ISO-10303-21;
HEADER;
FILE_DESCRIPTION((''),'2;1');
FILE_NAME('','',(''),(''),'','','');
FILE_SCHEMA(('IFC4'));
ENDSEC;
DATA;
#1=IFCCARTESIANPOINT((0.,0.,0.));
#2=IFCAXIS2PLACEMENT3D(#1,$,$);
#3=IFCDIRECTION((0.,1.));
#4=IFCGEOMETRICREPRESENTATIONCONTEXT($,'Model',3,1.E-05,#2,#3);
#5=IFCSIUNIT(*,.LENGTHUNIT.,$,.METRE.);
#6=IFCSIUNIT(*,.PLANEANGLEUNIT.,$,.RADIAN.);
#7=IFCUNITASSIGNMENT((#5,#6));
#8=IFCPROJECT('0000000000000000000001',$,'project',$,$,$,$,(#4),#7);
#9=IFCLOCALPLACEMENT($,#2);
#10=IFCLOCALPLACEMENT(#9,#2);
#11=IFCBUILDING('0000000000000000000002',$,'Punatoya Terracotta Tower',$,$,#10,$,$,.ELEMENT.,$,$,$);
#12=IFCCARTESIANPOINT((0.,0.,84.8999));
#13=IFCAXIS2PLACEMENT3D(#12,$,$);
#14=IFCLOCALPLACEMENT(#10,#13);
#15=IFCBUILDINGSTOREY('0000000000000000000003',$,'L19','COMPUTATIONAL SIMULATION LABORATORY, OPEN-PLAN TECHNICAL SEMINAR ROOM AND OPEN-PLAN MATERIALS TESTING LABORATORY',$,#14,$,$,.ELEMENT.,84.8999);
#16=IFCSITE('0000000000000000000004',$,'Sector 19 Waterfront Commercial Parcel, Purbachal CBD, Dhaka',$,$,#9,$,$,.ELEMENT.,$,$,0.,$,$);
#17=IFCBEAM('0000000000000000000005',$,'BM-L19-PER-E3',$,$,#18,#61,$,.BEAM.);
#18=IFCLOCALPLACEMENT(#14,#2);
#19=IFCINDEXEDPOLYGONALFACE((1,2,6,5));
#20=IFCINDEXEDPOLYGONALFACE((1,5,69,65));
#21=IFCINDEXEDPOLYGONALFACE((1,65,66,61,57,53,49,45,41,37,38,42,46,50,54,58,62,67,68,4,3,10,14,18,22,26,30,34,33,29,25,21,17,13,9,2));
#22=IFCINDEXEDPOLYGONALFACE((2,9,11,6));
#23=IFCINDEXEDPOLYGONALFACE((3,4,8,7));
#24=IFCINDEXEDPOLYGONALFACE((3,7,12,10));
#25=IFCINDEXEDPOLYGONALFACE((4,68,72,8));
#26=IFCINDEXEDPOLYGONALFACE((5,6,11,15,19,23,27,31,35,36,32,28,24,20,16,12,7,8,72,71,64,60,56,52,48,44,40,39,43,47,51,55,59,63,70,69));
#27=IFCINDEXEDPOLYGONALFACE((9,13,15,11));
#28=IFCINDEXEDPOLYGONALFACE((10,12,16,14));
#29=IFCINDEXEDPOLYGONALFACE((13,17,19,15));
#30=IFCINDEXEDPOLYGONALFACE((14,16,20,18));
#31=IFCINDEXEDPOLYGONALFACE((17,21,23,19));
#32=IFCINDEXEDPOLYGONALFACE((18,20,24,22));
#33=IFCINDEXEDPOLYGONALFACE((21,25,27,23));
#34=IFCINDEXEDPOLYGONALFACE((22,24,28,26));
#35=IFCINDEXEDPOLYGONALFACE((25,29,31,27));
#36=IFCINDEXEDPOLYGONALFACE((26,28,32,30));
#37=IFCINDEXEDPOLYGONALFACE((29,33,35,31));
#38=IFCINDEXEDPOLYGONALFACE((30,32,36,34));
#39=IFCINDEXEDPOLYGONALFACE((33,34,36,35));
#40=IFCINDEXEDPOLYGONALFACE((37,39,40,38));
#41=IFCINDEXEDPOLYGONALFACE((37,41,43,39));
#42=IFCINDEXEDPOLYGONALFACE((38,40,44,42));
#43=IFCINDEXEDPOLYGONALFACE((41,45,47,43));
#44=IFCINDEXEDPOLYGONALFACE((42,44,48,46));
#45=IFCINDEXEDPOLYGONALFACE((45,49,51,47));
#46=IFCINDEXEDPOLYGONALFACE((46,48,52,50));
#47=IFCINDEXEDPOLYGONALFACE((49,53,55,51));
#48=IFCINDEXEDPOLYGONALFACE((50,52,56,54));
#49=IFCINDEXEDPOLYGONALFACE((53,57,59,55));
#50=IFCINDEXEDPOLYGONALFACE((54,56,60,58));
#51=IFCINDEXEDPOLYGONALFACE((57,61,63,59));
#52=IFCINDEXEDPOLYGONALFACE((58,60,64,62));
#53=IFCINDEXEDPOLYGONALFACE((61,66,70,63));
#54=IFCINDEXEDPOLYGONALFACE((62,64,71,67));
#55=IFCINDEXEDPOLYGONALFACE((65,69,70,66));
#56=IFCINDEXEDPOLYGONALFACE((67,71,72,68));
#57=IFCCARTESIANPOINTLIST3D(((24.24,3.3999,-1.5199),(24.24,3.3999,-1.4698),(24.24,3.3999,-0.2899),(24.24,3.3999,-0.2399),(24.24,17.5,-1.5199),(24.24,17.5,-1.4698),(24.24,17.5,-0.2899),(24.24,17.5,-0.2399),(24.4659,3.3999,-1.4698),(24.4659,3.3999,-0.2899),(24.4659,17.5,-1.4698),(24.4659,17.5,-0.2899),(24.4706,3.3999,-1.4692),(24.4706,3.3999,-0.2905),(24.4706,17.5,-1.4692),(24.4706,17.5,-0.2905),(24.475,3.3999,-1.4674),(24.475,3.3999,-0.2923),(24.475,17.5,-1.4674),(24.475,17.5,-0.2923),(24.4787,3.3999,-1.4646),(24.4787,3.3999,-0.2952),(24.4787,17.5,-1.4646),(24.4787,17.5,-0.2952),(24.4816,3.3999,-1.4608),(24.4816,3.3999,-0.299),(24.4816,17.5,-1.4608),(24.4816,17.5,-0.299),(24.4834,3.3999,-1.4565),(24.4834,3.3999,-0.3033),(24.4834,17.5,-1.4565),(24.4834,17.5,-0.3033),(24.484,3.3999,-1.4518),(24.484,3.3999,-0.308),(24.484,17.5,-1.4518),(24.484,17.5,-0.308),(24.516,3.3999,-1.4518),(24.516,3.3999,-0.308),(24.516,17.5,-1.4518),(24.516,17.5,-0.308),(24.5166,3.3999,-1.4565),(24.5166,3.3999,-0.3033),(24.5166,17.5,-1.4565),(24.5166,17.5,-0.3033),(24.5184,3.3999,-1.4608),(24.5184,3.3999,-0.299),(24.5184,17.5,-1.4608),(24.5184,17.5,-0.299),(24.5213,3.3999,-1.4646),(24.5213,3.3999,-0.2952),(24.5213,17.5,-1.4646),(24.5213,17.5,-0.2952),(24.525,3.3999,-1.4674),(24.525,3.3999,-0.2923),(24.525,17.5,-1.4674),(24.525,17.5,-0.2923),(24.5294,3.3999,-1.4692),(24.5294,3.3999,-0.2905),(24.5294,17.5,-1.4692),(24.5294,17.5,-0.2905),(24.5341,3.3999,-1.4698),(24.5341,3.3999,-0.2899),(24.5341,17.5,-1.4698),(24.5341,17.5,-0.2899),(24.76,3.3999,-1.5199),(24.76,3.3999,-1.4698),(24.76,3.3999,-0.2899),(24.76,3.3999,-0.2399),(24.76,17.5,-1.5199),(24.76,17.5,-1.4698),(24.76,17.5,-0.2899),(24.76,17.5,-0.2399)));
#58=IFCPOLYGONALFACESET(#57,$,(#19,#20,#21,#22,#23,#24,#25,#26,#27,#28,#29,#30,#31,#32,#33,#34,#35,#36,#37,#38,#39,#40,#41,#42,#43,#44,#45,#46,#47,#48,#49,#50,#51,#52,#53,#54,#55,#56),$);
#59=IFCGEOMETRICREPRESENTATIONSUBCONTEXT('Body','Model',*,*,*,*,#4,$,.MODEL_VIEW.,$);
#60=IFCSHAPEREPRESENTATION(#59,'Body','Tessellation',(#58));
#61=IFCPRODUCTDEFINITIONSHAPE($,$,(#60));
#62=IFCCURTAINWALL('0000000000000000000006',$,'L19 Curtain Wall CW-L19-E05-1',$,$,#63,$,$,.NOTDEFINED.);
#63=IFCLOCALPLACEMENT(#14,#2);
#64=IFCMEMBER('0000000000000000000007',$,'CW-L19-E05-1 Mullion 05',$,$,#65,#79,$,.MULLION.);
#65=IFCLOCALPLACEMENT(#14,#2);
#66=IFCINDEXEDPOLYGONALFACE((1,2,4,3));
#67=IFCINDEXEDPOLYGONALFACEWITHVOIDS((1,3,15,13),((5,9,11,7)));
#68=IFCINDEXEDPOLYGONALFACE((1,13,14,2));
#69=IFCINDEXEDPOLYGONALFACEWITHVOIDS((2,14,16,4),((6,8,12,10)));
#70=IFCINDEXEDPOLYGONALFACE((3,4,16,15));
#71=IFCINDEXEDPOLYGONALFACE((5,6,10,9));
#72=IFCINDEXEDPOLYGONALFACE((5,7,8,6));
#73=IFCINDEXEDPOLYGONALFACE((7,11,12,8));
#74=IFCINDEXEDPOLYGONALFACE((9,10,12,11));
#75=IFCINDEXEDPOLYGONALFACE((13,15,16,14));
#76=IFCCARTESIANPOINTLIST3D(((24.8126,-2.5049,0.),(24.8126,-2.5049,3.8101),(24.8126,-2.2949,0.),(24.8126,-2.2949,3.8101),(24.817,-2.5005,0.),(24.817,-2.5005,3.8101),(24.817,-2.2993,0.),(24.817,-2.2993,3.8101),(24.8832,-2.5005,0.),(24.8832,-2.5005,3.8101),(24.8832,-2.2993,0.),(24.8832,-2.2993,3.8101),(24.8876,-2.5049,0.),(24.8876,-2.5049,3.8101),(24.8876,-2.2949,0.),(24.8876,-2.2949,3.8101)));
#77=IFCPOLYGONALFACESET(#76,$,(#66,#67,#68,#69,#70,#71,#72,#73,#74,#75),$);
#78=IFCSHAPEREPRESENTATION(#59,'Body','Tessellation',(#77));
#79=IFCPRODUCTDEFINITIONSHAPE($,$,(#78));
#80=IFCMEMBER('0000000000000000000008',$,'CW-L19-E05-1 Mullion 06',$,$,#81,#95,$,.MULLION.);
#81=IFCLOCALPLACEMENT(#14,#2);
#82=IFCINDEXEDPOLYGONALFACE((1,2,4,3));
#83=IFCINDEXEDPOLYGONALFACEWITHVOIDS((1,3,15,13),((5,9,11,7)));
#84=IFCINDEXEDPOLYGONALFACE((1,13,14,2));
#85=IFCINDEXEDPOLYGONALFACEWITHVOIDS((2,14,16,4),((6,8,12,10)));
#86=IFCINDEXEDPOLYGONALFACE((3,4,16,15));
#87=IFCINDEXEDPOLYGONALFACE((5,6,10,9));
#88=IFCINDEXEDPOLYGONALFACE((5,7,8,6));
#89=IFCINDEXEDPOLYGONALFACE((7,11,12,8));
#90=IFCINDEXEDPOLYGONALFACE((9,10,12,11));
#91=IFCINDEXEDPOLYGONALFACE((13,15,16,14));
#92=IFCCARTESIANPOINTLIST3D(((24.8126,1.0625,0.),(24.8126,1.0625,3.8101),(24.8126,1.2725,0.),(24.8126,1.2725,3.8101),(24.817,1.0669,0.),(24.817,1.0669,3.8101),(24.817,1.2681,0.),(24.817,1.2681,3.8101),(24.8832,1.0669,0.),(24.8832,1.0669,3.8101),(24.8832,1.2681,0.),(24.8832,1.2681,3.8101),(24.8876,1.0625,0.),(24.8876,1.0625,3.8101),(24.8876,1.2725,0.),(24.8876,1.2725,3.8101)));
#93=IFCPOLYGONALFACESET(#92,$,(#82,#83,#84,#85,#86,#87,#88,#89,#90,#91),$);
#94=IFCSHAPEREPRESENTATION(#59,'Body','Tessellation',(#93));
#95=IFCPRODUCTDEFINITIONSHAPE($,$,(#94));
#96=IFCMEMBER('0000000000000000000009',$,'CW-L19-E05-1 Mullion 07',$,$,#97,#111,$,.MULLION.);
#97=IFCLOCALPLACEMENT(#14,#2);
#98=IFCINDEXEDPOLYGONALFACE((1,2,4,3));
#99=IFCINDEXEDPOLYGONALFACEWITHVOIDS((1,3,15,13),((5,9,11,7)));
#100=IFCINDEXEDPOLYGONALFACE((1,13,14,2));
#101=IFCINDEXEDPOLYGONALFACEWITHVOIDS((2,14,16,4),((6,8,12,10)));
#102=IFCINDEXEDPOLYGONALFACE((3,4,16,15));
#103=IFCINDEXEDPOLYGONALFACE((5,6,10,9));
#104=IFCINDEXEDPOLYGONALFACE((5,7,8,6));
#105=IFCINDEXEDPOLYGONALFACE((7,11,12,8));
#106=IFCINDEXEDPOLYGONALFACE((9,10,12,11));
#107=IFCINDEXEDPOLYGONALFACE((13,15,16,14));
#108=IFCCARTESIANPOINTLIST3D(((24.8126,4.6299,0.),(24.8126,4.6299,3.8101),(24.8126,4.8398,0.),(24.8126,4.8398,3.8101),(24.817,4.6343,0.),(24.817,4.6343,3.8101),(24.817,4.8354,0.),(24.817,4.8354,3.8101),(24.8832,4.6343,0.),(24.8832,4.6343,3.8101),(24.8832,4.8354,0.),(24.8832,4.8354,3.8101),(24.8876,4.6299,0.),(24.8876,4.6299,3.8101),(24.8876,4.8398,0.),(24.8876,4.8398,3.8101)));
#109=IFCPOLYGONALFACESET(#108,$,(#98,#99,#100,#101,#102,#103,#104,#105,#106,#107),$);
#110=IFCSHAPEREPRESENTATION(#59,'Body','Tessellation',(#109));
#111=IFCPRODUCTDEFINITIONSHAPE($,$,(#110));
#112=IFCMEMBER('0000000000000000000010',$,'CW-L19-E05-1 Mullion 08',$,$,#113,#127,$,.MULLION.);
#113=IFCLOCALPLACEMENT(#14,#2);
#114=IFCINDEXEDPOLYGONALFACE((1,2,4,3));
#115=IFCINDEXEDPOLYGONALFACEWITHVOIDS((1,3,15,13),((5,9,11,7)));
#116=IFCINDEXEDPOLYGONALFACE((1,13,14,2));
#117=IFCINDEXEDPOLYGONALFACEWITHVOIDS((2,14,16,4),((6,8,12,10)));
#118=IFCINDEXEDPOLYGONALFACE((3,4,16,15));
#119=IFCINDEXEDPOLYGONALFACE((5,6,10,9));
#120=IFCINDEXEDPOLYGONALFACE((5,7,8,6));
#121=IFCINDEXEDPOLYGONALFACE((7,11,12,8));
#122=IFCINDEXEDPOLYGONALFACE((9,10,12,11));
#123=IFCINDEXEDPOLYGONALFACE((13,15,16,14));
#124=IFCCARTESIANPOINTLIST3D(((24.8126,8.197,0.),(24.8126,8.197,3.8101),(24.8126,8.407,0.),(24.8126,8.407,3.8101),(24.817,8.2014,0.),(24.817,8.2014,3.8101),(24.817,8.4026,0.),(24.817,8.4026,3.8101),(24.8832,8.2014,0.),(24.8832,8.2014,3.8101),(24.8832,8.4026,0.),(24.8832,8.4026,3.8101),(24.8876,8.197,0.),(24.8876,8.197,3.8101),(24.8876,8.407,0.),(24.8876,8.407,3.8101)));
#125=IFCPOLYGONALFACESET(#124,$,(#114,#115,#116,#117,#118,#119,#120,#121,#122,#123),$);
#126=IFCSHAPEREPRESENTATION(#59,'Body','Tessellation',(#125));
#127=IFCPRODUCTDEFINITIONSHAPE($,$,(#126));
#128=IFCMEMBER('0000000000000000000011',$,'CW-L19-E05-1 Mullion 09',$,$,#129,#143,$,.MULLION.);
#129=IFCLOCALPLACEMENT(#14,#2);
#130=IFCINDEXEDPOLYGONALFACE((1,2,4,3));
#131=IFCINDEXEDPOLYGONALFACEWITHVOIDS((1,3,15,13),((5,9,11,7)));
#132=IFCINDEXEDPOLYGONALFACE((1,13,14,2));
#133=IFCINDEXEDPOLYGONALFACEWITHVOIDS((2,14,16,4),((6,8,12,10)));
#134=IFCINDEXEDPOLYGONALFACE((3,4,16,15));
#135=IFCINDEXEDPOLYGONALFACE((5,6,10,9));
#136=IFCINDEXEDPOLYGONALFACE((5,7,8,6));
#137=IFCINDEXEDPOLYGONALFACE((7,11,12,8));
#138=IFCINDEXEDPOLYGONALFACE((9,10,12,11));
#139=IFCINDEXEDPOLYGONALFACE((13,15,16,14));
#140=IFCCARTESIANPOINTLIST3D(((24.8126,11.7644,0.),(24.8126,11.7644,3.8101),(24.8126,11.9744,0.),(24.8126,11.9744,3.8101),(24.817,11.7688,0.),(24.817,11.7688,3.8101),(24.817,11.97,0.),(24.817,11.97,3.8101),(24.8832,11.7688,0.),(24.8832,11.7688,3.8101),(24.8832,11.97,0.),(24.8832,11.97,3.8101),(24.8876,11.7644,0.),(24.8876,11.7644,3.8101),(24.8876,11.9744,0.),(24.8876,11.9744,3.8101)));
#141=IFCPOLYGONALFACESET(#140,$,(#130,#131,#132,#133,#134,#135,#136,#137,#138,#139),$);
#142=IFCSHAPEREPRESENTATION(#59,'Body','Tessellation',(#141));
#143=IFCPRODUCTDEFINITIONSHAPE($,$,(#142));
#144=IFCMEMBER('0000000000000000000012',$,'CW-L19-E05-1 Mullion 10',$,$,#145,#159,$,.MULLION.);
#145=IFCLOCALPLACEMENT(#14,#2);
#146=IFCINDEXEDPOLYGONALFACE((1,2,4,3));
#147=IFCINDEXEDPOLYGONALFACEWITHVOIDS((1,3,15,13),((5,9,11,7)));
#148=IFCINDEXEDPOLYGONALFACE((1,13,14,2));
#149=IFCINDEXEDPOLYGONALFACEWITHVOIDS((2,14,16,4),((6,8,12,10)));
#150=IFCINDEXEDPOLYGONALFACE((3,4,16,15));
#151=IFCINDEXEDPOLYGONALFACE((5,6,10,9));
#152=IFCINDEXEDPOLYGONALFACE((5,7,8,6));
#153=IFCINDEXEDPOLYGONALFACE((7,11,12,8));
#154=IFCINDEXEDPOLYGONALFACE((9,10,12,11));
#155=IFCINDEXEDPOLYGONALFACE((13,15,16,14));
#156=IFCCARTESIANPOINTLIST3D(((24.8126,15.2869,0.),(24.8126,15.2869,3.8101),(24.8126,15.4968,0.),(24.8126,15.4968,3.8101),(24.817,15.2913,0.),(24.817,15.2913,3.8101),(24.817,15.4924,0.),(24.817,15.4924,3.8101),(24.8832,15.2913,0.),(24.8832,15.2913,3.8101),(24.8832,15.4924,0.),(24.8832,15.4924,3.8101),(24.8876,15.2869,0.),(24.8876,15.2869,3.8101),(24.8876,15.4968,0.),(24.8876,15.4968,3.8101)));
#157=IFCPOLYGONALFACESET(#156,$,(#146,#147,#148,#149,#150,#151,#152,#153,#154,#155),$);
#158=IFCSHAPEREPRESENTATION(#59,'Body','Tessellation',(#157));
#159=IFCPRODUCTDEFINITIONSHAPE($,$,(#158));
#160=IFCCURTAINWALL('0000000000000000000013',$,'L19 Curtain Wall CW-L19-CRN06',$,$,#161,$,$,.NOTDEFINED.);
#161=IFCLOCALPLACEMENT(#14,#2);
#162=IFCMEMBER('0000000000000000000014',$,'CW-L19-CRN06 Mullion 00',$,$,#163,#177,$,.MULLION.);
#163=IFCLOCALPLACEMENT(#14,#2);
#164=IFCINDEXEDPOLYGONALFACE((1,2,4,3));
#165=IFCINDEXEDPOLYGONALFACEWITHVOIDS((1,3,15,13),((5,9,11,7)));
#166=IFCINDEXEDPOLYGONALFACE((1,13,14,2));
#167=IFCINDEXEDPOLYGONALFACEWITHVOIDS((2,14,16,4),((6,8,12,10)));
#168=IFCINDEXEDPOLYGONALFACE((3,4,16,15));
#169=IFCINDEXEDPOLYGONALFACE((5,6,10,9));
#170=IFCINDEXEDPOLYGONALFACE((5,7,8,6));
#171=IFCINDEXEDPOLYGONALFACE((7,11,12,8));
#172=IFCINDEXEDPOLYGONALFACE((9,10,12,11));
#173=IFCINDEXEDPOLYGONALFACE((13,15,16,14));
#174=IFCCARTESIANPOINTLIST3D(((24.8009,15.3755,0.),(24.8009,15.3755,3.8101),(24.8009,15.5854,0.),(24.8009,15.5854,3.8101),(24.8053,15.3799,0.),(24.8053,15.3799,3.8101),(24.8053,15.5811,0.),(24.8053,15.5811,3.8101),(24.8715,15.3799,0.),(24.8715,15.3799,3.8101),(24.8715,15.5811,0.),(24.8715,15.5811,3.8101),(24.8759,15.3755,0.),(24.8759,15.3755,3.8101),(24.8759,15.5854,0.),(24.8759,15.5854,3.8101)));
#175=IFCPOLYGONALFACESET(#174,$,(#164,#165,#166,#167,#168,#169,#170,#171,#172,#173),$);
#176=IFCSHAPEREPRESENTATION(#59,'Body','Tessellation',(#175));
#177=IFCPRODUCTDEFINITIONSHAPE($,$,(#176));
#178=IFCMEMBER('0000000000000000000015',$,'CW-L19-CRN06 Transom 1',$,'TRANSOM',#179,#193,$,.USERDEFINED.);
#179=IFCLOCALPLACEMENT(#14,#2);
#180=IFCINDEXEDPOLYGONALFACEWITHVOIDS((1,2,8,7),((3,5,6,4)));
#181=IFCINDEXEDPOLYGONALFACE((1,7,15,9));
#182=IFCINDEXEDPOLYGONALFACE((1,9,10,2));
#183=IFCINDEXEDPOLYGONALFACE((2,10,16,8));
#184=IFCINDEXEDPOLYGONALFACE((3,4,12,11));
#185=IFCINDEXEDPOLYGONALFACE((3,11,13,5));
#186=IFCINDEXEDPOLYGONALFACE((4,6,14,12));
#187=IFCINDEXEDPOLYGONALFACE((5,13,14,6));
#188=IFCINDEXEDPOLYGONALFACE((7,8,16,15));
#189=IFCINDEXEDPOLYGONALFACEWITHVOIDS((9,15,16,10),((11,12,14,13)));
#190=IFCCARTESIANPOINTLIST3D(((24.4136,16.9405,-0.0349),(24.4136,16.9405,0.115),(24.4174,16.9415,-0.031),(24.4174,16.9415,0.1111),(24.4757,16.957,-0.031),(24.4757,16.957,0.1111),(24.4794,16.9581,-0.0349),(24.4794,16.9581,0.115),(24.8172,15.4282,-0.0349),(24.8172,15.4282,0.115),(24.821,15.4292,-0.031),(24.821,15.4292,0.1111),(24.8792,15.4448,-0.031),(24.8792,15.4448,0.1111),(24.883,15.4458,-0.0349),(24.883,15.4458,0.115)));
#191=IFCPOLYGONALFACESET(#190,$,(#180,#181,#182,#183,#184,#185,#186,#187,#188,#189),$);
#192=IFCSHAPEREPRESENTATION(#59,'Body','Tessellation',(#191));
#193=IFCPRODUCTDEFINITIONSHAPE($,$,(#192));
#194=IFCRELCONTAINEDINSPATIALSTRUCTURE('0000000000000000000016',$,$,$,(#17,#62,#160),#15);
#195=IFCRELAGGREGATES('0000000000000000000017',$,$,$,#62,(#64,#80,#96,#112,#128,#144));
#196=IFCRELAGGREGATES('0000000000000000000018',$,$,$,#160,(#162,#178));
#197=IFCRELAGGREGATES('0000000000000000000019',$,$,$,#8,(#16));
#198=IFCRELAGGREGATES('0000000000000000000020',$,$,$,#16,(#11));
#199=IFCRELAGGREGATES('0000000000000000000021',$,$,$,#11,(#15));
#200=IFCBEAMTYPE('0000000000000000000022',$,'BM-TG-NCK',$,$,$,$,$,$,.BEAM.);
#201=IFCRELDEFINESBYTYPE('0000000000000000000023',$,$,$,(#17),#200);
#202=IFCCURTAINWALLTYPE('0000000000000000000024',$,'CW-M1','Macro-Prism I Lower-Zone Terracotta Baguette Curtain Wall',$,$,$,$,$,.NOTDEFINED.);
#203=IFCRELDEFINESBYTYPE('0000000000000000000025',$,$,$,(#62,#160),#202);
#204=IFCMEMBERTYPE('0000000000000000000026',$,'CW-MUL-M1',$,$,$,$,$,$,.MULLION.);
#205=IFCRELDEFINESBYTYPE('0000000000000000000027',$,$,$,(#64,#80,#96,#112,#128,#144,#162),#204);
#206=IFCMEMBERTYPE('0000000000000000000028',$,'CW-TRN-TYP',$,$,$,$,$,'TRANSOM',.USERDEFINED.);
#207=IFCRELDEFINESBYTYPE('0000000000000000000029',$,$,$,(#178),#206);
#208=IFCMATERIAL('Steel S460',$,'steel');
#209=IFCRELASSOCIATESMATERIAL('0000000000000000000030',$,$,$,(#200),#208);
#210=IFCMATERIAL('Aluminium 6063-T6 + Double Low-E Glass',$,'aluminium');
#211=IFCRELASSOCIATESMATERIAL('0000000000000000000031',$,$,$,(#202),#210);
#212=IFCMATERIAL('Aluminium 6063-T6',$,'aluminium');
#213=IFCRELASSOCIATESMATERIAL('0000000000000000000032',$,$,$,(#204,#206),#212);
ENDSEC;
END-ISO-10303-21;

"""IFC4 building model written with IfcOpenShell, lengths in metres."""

from ifc_helpers import new_model, si_unit, direction, frame, origin, origin_2d, place, context, subcontext, project, spatial, hollow_rectangle, i_section, extrude, material, material_profile, profile_set, type_object, element, aggregate, save


model = new_model("IFC4")

# Units and contexts
model_context = context("Model", 3, precision=1e-05, world=origin(), true_north=direction((0.0, 1.0)))
body_context = subcontext(model_context, "Body", "Model", "MODEL_VIEW")
ifc_project = project(units=[si_unit("LENGTHUNIT", "METRE"), si_unit("PLANEANGLEUNIT", "RADIAN")], contexts=[model_context])

# Site, building, storey
site_placement = place(None, origin())
site = spatial("IfcSite", under=ifc_project, at=site_placement, Name="Sector 19 Waterfront Commercial Parcel, Purbachal CBD, Dhaka", CompositionType="ELEMENT", RefElevation=0.0)
building_placement = place(site_placement, origin())
building = spatial("IfcBuilding", under=site, at=building_placement, Name="Punatoya Terracotta Tower", CompositionType="ELEMENT")
storey_placement = place(building_placement, frame((0.0, 0.0, 84.8999)))
storey = spatial("IfcBuildingStorey", under=building, at=storey_placement, Name="L19", Description="COMPUTATIONAL SIMULATION LABORATORY, OPEN-PLAN TECHNICAL SEMINAR ROOM AND OPEN-PLAN MATERIALS TESTING LABORATORY", CompositionType="ELEMENT", Elevation=84.8999)

# Shared definitions
ifc_material_1 = material(Name="Steel S460", Category="steel")

# Beam
ifc_material_profile_1 = material_profile(ifc_material_1, i_section(OverallWidth=0.52, OverallDepth=1.28, WebThickness=0.032, FlangeThickness=0.05, FilletRadius=0.0181, at=origin_2d()))
ifc_profile_set_1 = profile_set([ifc_material_profile_1], Name="Steel S460")
beam_type_1 = type_object("IfcBeamType", Name="BM-TG-NCK", PredefinedType="BEAM", material=ifc_profile_set_1)
beam_1_placement = place(storey_placement, frame((24.5, 3.3999, -0.8799), z_axis=(0.0, 1.0, 0.0), x_axis=(-1.0, 0.0, 0.0)))
element("IfcBeam", 1, at=beam_1_placement, inside=storey, type_object=beam_type_1, Name="BM-L19-PER-E3", PredefinedType="BEAM", context=body_context, shape_type="SweptSolid", body=[
    extrude(i_section(OverallWidth=0.52, OverallDepth=1.28, WebThickness=0.032, FlangeThickness=0.05, FilletRadius=0.0181, at=origin_2d()), origin(), (0.0, 0.0, 1.0), 14.1001),
])

# Curtain walls, members
ifc_material_2 = material(Name="Aluminium 6063-T6 + Double Low-E Glass", Category="aluminium")
curtain_wall_type = type_object("IfcCurtainWallType", Name="CW-M1", Description="Macro-Prism I Lower-Zone Terracotta Baguette Curtain Wall", PredefinedType="NOTDEFINED", material=ifc_material_2)
curtain_wall_1_placement = place(storey_placement, origin())
curtain_wall_1 = element("IfcCurtainWall", 2, at=curtain_wall_1_placement, inside=storey, type_object=curtain_wall_type, Name="L19 Curtain Wall CW-L19-E05-1", PredefinedType="NOTDEFINED")
ifc_material_3 = material(Name="Aluminium 6063-T6", Category="aluminium")
ifc_material_profile_2 = material_profile(ifc_material_3, hollow_rectangle(XDim=0.075, YDim=0.21, WallThickness=0.0044, at=origin_2d()))
ifc_profile_set_2 = profile_set([ifc_material_profile_2], Name="Aluminium 6063-T6")
member_type_1 = type_object("IfcMemberType", Name="CW-MUL-M1", PredefinedType="MULLION", material=ifc_profile_set_2)
member_1_placement = place(storey_placement, frame((24.8501, -2.3999, 0.0), z_axis=(0.0, 0.0, 1.0), x_axis=(1.0, 0.0, 0.0)))
member_1 = element("IfcMember", 3, at=member_1_placement, type_object=member_type_1, Name="CW-L19-E05-1 Mullion 05", PredefinedType="MULLION", context=body_context, shape_type="SweptSolid", body=[
    extrude(hollow_rectangle(XDim=0.075, YDim=0.21, WallThickness=0.0044, at=origin_2d()), origin(), (0.0, 0.0, 1.0), 3.8101),
])
member_2_placement = place(storey_placement, frame((24.8501, 1.1675, 0.0), z_axis=(0.0, 0.0, 1.0), x_axis=(1.0, 0.0, 0.0)))
member_2 = element("IfcMember", 4, at=member_2_placement, type_object=member_type_1, Name="CW-L19-E05-1 Mullion 06", PredefinedType="MULLION", context=body_context, shape_type="SweptSolid", body=[
    extrude(hollow_rectangle(XDim=0.075, YDim=0.21, WallThickness=0.0044, at=origin_2d()), origin(), (0.0, 0.0, 1.0), 3.8101),
])
member_3_placement = place(storey_placement, frame((24.8501, 4.7349, 0.0), z_axis=(0.0, 0.0, 1.0), x_axis=(1.0, 0.0, 0.0)))
member_3 = element("IfcMember", 5, at=member_3_placement, type_object=member_type_1, Name="CW-L19-E05-1 Mullion 07", PredefinedType="MULLION", context=body_context, shape_type="SweptSolid", body=[
    extrude(hollow_rectangle(XDim=0.075, YDim=0.21, WallThickness=0.0044, at=origin_2d()), origin(), (0.0, 0.0, 1.0), 3.8101),
])
member_4_placement = place(storey_placement, frame((24.8501, 8.302, 0.0), z_axis=(0.0, 0.0, 1.0), x_axis=(1.0, 0.0, 0.0)))
member_4 = element("IfcMember", 6, at=member_4_placement, type_object=member_type_1, Name="CW-L19-E05-1 Mullion 08", PredefinedType="MULLION", context=body_context, shape_type="SweptSolid", body=[
    extrude(hollow_rectangle(XDim=0.075, YDim=0.21, WallThickness=0.0044, at=origin_2d()), origin(), (0.0, 0.0, 1.0), 3.8101),
])
member_5_placement = place(storey_placement, frame((24.8501, 11.8694, 0.0), z_axis=(0.0, 0.0, 1.0), x_axis=(1.0, 0.0, 0.0)))
member_5 = element("IfcMember", 7, at=member_5_placement, type_object=member_type_1, Name="CW-L19-E05-1 Mullion 09", PredefinedType="MULLION", context=body_context, shape_type="SweptSolid", body=[
    extrude(hollow_rectangle(XDim=0.075, YDim=0.21, WallThickness=0.0044, at=origin_2d()), origin(), (0.0, 0.0, 1.0), 3.8101),
])
member_6_placement = place(storey_placement, frame((24.8501, 15.3918, 0.0), z_axis=(0.0, 0.0, 1.0), x_axis=(1.0, 0.0, 0.0)))
member_6 = element("IfcMember", 8, at=member_6_placement, type_object=member_type_1, Name="CW-L19-E05-1 Mullion 10", PredefinedType="MULLION", context=body_context, shape_type="SweptSolid", body=[
    extrude(hollow_rectangle(XDim=0.075, YDim=0.21, WallThickness=0.0044, at=origin_2d()), origin(), (0.0, 0.0, 1.0), 3.8101),
])
curtain_wall_2_placement = place(storey_placement, origin())
curtain_wall_2 = element("IfcCurtainWall", 9, at=curtain_wall_2_placement, inside=storey, type_object=curtain_wall_type, Name="L19 Curtain Wall CW-L19-CRN06", PredefinedType="NOTDEFINED")
member_7_placement = place(storey_placement, frame((24.8384, 15.4805, 0.0), z_axis=(0.0, 0.0, 1.0), x_axis=(1.0, 0.0, 0.0)))
member_7 = element("IfcMember", 10, at=member_7_placement, type_object=member_type_1, Name="CW-L19-CRN06 Mullion 00", PredefinedType="MULLION", context=body_context, shape_type="SweptSolid", body=[
    extrude(hollow_rectangle(XDim=0.075, YDim=0.21, WallThickness=0.0044, at=origin_2d()), origin(), (0.0, 0.0, 1.0), 3.8101),
])
ifc_material_profile_3 = material_profile(ifc_material_3, hollow_rectangle(XDim=0.0681, YDim=0.1499, WallThickness=0.0039, at=origin_2d()))
ifc_profile_set_3 = profile_set([ifc_material_profile_3], Name="Aluminium 6063-T6")
member_type_2 = type_object("IfcMemberType", Name="CW-TRN-TYP", ElementType="TRANSOM", PredefinedType="USERDEFINED", material=ifc_profile_set_3)
member_8_placement = place(storey_placement, frame((24.8501, 15.437, 0.04), z_axis=(-0.257847, 0.966186, 0.0), x_axis=(-0.966186, -0.257847, 0.0)))
member_8 = element("IfcMember", 11, at=member_8_placement, type_object=member_type_2, Name="CW-L19-CRN06 Transom 1", ObjectType="TRANSOM", PredefinedType="USERDEFINED", context=body_context, shape_type="SweptSolid", body=[
    extrude(hollow_rectangle(XDim=0.0681, YDim=0.1499, WallThickness=0.0039, at=origin_2d()), origin(), (0.0, 0.0, 1.0), 1.5652),
])

aggregate(curtain_wall_1, [member_1, member_2, member_3, member_4, member_5, member_6])
aggregate(curtain_wall_2, [member_7, member_8])

save(model, "model.ifc")
